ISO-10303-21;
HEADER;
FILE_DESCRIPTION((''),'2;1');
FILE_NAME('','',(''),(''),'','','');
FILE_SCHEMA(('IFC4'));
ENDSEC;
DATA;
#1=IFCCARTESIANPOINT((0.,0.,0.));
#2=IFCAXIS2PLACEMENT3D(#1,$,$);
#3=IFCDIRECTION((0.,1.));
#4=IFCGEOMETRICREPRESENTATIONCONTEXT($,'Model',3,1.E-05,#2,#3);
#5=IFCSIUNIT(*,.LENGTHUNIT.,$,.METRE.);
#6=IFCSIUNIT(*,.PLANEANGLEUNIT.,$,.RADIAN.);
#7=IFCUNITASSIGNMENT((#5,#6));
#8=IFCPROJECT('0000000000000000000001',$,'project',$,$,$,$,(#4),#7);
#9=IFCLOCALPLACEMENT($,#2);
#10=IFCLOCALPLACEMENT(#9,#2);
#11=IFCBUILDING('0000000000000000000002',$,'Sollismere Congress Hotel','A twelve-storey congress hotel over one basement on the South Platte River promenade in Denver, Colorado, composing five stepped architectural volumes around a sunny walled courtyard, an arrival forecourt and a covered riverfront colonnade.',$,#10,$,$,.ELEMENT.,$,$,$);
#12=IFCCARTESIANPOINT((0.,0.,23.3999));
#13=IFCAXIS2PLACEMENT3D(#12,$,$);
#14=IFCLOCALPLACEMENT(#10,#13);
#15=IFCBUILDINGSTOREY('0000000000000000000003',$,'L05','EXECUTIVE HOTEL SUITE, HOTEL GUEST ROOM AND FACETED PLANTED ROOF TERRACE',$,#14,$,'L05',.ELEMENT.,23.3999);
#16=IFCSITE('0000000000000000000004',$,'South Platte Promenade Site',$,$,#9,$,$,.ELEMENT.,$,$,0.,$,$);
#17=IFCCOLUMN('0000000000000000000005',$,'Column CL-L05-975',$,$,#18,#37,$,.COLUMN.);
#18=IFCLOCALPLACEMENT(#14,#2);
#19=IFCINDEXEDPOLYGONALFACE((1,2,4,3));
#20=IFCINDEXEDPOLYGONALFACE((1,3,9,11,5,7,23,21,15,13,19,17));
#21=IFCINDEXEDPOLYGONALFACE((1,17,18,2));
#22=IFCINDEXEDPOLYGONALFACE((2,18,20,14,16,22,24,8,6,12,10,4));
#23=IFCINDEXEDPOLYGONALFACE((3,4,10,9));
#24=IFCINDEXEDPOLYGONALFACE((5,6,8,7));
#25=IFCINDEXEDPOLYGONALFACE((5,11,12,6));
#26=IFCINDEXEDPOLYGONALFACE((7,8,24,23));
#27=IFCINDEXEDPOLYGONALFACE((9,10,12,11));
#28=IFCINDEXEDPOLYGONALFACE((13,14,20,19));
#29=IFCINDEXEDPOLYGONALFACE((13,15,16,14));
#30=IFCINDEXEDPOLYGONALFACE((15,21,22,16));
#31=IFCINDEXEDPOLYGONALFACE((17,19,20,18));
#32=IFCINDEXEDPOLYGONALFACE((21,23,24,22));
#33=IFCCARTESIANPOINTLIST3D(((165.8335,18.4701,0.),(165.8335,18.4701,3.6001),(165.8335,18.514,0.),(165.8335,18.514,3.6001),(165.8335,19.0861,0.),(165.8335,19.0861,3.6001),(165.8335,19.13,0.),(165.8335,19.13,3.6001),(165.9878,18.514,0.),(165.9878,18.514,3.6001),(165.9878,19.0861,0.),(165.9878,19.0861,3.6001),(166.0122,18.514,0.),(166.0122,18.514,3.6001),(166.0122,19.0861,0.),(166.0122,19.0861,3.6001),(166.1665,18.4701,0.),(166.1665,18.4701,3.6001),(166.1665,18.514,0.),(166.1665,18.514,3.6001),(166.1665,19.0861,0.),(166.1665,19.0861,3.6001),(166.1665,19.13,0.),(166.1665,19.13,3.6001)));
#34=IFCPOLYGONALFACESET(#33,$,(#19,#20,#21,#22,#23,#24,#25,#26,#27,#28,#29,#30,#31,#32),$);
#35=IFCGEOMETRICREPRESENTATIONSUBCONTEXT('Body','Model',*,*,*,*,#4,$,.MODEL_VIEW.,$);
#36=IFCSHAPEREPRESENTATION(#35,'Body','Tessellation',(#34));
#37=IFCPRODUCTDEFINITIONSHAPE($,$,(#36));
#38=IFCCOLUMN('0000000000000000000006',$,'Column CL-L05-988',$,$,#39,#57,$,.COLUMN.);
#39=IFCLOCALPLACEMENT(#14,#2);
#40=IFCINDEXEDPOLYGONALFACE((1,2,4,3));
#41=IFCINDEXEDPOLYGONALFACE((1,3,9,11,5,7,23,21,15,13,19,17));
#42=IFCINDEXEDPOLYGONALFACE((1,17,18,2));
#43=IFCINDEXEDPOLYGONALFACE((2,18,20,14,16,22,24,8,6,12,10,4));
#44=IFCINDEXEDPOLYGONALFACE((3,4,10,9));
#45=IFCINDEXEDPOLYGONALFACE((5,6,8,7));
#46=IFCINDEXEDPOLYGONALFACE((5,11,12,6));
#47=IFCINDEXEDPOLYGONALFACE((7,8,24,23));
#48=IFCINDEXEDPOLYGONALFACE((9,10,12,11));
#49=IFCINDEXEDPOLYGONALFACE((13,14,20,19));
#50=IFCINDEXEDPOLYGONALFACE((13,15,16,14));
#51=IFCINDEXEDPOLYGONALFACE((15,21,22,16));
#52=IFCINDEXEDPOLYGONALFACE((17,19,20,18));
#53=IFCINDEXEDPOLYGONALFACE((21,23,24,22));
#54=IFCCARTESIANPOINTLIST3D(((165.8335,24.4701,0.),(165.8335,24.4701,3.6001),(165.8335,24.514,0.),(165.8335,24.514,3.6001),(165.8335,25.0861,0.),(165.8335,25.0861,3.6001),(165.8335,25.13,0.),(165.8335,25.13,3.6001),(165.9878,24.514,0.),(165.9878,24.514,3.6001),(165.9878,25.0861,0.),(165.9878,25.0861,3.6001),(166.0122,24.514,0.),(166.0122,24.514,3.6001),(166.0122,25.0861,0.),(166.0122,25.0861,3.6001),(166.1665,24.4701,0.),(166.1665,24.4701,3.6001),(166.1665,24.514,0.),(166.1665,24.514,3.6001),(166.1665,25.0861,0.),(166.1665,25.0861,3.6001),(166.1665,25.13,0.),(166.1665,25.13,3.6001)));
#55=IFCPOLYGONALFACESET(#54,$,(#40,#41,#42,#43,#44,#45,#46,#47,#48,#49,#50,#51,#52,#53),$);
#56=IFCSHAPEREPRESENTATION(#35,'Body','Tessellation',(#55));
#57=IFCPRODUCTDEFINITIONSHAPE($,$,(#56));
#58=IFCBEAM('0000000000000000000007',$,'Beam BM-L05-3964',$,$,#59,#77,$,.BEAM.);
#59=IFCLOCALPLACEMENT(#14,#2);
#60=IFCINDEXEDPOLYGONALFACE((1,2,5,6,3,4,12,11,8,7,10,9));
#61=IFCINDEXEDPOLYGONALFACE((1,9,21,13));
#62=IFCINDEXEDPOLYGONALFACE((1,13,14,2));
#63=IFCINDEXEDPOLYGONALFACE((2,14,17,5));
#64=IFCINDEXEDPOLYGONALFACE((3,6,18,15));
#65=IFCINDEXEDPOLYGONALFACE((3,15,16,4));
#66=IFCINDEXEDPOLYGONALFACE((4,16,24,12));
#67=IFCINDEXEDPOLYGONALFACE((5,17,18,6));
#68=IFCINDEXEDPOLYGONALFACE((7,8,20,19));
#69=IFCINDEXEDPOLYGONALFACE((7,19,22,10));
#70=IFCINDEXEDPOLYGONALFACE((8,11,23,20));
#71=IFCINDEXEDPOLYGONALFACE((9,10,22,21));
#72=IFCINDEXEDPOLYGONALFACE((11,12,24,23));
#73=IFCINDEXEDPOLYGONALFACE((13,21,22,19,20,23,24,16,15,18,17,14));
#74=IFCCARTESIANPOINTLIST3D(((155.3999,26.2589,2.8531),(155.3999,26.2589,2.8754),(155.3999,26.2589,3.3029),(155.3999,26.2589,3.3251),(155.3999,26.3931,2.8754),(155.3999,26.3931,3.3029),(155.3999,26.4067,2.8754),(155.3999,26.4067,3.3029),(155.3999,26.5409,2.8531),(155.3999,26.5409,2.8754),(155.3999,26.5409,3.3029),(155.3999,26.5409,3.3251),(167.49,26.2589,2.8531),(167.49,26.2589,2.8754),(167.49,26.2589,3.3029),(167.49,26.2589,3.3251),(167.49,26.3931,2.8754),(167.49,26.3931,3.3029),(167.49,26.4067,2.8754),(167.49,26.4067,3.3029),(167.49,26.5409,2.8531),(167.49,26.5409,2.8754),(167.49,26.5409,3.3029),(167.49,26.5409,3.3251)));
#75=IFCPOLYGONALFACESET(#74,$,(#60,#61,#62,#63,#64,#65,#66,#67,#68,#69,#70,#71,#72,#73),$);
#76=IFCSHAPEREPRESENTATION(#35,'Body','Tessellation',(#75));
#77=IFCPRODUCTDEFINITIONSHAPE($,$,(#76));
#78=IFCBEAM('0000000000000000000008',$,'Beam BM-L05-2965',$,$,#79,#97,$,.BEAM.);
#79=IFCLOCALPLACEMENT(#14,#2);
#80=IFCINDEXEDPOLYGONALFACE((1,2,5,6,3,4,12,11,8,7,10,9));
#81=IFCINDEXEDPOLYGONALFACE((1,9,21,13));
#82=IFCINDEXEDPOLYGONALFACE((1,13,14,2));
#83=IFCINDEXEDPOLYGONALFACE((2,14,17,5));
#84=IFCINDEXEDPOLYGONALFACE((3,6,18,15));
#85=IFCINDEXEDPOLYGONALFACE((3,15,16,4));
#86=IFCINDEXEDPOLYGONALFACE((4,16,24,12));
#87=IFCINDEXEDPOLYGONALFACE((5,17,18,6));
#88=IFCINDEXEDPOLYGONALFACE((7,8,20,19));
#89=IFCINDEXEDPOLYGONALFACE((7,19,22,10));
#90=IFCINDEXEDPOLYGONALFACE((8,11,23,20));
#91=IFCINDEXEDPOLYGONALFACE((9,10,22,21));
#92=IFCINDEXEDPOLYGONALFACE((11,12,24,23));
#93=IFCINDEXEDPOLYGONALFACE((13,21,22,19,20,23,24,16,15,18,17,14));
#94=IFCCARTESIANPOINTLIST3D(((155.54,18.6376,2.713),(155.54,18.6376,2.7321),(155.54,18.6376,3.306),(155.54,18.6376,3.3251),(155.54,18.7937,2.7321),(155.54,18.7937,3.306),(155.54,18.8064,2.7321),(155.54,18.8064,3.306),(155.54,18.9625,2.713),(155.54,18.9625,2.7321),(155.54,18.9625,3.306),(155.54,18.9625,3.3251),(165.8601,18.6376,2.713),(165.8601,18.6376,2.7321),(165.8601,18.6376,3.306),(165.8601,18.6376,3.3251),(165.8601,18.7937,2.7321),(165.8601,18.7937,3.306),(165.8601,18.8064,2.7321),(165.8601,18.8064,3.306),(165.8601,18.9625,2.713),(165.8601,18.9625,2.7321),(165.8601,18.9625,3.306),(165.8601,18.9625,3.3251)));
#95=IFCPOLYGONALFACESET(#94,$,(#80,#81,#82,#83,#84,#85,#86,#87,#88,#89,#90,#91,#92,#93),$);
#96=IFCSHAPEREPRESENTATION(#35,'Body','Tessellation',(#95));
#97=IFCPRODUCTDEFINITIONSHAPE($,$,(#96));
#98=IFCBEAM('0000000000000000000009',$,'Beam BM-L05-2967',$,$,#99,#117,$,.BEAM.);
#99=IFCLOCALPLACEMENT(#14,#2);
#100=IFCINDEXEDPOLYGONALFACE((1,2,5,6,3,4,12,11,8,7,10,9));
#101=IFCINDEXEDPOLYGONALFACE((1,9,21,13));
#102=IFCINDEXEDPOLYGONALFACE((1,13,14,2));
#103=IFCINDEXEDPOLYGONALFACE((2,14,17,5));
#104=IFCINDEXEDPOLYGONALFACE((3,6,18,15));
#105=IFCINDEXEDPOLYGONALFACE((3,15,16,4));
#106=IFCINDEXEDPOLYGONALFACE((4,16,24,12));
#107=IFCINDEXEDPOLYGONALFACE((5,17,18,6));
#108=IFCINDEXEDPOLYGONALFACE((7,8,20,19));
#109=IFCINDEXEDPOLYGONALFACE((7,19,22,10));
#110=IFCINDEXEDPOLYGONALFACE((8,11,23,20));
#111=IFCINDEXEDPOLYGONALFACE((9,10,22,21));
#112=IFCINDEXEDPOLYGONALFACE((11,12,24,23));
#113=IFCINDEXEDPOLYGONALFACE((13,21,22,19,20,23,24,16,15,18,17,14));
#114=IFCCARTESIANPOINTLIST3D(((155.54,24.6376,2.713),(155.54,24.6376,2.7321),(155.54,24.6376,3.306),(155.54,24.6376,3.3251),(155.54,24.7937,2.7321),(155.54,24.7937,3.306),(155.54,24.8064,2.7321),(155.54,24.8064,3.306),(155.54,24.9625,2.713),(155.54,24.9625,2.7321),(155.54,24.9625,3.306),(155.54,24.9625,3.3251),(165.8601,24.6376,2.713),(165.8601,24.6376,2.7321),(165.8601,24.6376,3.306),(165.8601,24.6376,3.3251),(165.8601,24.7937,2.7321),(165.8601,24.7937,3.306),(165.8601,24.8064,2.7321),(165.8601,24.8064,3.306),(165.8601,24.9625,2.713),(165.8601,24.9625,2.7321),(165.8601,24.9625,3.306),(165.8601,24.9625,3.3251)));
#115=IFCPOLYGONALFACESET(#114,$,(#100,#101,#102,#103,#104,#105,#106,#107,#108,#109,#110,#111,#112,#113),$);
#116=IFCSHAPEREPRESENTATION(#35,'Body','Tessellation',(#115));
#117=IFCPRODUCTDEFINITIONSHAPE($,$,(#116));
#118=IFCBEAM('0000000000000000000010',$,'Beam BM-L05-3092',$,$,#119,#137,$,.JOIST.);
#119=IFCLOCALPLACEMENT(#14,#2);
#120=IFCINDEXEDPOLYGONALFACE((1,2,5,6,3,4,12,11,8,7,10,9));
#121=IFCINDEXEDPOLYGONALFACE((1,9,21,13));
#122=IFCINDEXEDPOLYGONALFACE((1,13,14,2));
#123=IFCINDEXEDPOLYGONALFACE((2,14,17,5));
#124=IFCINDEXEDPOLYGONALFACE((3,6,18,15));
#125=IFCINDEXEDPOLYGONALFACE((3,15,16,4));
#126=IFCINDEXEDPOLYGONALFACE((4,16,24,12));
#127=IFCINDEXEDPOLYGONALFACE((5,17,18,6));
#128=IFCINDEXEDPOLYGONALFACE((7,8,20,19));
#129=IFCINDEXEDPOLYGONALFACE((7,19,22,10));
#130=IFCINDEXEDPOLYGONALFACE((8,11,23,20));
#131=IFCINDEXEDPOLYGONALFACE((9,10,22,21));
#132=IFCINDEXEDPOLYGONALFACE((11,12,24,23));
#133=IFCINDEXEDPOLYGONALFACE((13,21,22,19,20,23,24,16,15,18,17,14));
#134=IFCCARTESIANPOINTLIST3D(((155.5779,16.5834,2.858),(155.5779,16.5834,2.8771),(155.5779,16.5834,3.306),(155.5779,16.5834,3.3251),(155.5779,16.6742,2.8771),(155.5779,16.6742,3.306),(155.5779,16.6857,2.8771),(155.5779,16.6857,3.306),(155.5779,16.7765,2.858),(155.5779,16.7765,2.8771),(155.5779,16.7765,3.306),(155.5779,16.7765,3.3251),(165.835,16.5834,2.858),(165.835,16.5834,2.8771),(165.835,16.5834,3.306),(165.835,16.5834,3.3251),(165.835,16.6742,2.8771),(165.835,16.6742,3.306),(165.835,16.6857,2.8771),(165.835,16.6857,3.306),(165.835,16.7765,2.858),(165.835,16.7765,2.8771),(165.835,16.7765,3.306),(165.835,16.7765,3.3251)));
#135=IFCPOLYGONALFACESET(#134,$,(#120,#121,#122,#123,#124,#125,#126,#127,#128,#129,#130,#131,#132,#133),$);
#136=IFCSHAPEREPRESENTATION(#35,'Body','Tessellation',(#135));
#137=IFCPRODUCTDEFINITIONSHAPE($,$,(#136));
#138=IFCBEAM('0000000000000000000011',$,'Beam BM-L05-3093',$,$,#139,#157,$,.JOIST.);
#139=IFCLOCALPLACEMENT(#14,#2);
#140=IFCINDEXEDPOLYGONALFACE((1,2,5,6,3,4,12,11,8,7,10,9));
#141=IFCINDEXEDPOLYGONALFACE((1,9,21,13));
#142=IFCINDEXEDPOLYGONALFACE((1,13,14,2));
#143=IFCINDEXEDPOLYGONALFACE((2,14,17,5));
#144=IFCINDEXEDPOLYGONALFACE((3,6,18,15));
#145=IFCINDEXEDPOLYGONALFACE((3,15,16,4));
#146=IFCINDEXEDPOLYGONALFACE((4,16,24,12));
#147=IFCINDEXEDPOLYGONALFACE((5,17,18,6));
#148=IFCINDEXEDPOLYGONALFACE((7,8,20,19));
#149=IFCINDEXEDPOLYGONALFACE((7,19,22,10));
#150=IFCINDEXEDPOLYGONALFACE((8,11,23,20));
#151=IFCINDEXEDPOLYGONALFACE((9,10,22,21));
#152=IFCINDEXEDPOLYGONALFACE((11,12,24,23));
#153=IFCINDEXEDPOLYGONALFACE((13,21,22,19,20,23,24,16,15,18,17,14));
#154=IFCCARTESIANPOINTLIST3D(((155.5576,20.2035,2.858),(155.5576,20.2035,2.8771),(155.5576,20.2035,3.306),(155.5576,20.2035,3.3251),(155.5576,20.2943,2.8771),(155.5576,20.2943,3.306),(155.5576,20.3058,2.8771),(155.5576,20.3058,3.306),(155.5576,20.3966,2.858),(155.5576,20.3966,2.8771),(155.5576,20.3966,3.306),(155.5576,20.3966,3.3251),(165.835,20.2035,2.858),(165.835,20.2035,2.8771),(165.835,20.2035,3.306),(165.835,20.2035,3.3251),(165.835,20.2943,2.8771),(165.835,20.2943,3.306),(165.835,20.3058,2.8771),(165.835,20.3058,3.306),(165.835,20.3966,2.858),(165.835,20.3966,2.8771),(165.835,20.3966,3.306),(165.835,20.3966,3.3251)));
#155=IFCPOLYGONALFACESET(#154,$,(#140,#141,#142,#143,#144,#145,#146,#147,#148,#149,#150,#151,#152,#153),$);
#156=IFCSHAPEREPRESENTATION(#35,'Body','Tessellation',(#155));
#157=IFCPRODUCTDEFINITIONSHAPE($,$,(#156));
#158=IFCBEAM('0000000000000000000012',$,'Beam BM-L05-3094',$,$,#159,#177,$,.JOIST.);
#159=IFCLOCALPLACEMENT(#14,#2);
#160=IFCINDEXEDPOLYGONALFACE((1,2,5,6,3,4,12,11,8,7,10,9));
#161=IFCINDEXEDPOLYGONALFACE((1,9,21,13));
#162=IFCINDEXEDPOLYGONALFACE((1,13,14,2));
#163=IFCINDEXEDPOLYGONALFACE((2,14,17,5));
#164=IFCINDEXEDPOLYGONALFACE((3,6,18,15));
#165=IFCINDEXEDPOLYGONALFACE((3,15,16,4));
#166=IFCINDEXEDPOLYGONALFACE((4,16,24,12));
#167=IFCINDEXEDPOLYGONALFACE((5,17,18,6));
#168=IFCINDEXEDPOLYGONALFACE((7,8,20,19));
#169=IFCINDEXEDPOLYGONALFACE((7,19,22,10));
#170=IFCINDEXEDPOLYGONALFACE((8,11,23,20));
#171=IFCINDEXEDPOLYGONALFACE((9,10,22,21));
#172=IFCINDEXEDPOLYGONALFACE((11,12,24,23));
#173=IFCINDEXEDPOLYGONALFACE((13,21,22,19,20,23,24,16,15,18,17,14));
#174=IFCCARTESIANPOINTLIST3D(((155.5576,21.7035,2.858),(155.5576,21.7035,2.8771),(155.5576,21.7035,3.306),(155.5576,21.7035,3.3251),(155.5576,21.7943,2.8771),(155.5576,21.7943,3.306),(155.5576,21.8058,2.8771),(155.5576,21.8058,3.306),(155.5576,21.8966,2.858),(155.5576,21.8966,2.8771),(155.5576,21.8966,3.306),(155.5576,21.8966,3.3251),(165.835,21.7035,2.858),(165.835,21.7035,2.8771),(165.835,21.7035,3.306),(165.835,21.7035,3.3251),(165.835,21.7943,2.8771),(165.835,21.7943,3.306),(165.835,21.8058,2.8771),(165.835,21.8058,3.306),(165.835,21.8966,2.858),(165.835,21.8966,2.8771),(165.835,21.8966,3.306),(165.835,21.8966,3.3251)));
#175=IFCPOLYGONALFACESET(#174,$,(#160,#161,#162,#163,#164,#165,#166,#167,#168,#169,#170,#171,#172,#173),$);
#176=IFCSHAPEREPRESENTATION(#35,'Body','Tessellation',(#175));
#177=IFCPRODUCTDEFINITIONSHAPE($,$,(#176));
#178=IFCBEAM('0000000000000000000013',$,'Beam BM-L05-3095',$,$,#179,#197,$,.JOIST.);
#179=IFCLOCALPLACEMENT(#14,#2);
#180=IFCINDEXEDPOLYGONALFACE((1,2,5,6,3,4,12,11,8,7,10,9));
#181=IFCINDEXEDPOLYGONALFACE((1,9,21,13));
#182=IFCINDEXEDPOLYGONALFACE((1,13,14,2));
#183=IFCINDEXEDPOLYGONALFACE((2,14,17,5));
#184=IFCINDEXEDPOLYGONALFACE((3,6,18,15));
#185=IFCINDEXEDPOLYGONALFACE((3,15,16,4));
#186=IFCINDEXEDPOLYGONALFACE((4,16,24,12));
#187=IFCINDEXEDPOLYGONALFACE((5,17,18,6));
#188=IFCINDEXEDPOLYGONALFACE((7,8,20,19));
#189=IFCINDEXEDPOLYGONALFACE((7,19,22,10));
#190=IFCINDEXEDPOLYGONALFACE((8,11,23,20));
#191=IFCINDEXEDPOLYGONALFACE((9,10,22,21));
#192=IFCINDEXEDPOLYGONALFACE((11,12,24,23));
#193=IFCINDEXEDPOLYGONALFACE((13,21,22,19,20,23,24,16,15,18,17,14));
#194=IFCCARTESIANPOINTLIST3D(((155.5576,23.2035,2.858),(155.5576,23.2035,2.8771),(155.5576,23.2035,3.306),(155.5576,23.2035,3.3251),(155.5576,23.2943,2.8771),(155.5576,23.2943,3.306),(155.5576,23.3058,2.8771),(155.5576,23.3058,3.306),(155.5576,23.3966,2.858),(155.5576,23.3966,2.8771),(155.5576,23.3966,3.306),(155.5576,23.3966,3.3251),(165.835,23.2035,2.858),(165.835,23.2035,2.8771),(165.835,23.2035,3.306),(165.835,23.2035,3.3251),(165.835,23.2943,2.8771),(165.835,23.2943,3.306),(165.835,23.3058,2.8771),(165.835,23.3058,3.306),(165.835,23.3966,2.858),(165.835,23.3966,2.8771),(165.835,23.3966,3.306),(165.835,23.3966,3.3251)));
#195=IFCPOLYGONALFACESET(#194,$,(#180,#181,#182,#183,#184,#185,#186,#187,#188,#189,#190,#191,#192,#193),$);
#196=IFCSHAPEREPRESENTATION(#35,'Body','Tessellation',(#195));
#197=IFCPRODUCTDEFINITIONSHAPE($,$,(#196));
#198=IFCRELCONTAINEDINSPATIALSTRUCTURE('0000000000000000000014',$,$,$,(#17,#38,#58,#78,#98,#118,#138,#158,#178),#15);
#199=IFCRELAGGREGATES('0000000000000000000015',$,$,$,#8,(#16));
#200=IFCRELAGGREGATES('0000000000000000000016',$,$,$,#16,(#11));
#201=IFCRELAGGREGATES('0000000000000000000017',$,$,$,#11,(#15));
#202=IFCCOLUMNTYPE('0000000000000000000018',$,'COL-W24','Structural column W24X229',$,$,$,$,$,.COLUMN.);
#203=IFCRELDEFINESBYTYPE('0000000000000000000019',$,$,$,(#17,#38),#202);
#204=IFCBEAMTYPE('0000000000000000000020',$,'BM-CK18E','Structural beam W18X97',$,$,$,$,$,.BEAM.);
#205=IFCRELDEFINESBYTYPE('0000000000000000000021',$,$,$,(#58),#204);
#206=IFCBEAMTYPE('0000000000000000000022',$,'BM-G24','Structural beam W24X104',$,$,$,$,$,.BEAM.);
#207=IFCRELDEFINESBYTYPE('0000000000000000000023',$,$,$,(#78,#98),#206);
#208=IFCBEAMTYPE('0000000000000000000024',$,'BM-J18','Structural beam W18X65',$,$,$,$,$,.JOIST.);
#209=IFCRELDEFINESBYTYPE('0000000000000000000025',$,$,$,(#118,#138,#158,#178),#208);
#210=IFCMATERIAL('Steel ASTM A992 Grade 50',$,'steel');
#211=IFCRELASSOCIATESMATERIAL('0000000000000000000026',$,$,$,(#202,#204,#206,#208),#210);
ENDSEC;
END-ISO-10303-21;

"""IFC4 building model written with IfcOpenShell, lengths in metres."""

from ifc_helpers import new_model, si_unit, direction, frame, origin, origin_2d, place, context, subcontext, project, spatial, i_section, extrude, material, material_profile, profile_set, type_object, element, save


model = new_model("IFC4")

# Units and contexts
model_context = context("Model", 3, precision=1e-05, world=origin(), true_north=direction((0.0, 1.0)))
body_context = subcontext(model_context, "Body", "Model", "MODEL_VIEW")
ifc_project = project(units=[si_unit("LENGTHUNIT", "METRE"), si_unit("PLANEANGLEUNIT", "RADIAN")], contexts=[model_context])

# Site, building, storey
site_placement = place(None, origin())
site = spatial("IfcSite", under=ifc_project, at=site_placement, Name="South Platte Promenade Site", CompositionType="ELEMENT", RefElevation=0.0)
building_placement = place(site_placement, origin())
building = spatial("IfcBuilding", under=site, at=building_placement, Name="Sollismere Congress Hotel", Description="A twelve-storey congress hotel over one basement on the South Platte River promenade in Denver, Colorado, composing five stepped architectural volumes around a sunny walled courtyard, an arrival forecourt and a covered riverfront colonnade.", CompositionType="ELEMENT")
storey_placement = place(building_placement, frame((0.0, 0.0, 23.3999)))
storey = spatial("IfcBuildingStorey", under=building, at=storey_placement, Name="L05", Description="EXECUTIVE HOTEL SUITE, HOTEL GUEST ROOM AND FACETED PLANTED ROOF TERRACE", LongName="L05", CompositionType="ELEMENT", Elevation=23.3999)

# Columns
ifc_material_1 = material(Name="Steel ASTM A992 Grade 50", Category="steel")
ifc_material_profile_1 = material_profile(ifc_material_1, i_section(OverallWidth=0.333, OverallDepth=0.6599, WebThickness=0.0244, FlangeThickness=0.0439, at=origin_2d()), Name="W24X229")
ifc_profile_set_1 = profile_set([ifc_material_profile_1], Name="Steel ASTM A992 Grade 50")
column_type = type_object("IfcColumnType", Name="COL-W24", Description="Structural column W24X229", PredefinedType="COLUMN", material=ifc_profile_set_1)
for number, where, z_axis, x_axis, name in (
    (1, (166.0, 18.8, 0.0), (0.0, 0.0, 1.0), (1.0, 0.0, 0.0), "Column CL-L05-975"),
    (2, (166.0, 24.8, 0.0), (0.0, 0.0, 1.0), (1.0, 0.0, 0.0), "Column CL-L05-988"),
):
    element("IfcColumn", number, at=place(storey_placement, frame(where, z_axis=z_axis, x_axis=x_axis)), inside=storey, type_object=column_type, Name=name, PredefinedType="COLUMN", context=body_context, shape_type="SweptSolid", body=[
        extrude(i_section(OverallWidth=0.333, OverallDepth=0.6599, WebThickness=0.0244, FlangeThickness=0.0439, at=origin_2d()), origin(), (0.0, 0.0, 1.0), 3.6001),
    ])

# Beams
ifc_material_profile_2 = material_profile(ifc_material_1, i_section(OverallWidth=0.282, OverallDepth=0.4719, WebThickness=0.0137, FlangeThickness=0.0222, at=origin_2d()), Name="W18X97")
ifc_profile_set_2 = profile_set([ifc_material_profile_2], Name="Steel ASTM A992 Grade 50")
beam_type_1 = type_object("IfcBeamType", Name="BM-CK18E", Description="Structural beam W18X97", PredefinedType="BEAM", material=ifc_profile_set_2)
beam_1_placement = place(storey_placement, frame((155.3999, 26.3999, 3.0891), z_axis=(1.0, 0.0, 0.0), x_axis=(0.0, 1.0, 0.0)))
element("IfcBeam", 3, at=beam_1_placement, inside=storey, type_object=beam_type_1, Name="Beam BM-L05-3964", PredefinedType="BEAM", context=body_context, shape_type="SweptSolid", body=[
    extrude(i_section(OverallWidth=0.282, OverallDepth=0.4719, WebThickness=0.0137, FlangeThickness=0.0222, at=origin_2d()), origin(), (0.0, 0.0, 1.0), 12.0901),
])
ifc_material_profile_3 = material_profile(ifc_material_1, i_section(OverallWidth=0.325, OverallDepth=0.6121, WebThickness=0.0127, FlangeThickness=0.019, at=origin_2d()), Name="W24X104")
ifc_profile_set_3 = profile_set([ifc_material_profile_3], Name="Steel ASTM A992 Grade 50")
beam_type_2 = type_object("IfcBeamType", Name="BM-G24", Description="Structural beam W24X104", PredefinedType="BEAM", material=ifc_profile_set_3)
for number, where, z_axis, x_axis, name in (
    (4, (155.54, 18.8, 3.019), (1.0, 0.0, 0.0), (0.0, 1.0, 0.0), "Beam BM-L05-2965"),
    (5, (155.54, 24.8, 3.019), (1.0, 0.0, 0.0), (0.0, 1.0, 0.0), "Beam BM-L05-2967"),
):
    element("IfcBeam", number, at=place(storey_placement, frame(where, z_axis=z_axis, x_axis=x_axis)), inside=storey, type_object=beam_type_2, Name=name, PredefinedType="BEAM", context=body_context, shape_type="SweptSolid", body=[
        extrude(i_section(OverallWidth=0.325, OverallDepth=0.6121, WebThickness=0.0127, FlangeThickness=0.019, at=origin_2d()), origin(), (0.0, 0.0, 1.0), 10.3201),
    ])
ifc_material_profile_4 = material_profile(ifc_material_1, i_section(OverallWidth=0.1931, OverallDepth=0.467, WebThickness=0.0115, FlangeThickness=0.019, at=origin_2d()), Name="W18X65")
ifc_profile_set_4 = profile_set([ifc_material_profile_4], Name="Steel ASTM A992 Grade 50")
beam_type_3 = type_object("IfcBeamType", Name="BM-J18", Description="Structural beam W18X65", PredefinedType="JOIST", material=ifc_profile_set_4)
beam_2_placement = place(storey_placement, frame((155.5779, 16.6799, 3.0916), z_axis=(1.0, 0.0, 0.0), x_axis=(0.0, 1.0, 0.0)))
element("IfcBeam", 6, at=beam_2_placement, inside=storey, type_object=beam_type_3, Name="Beam BM-L05-3092", PredefinedType="JOIST", context=body_context, shape_type="SweptSolid", body=[
    extrude(i_section(OverallWidth=0.1931, OverallDepth=0.467, WebThickness=0.0115, FlangeThickness=0.019, at=origin_2d()), origin(), (0.0, 0.0, 1.0), 10.2571),
])
for number, where, z_axis, x_axis, name in (
    (7, (155.5576, 20.3, 3.0916), (1.0, 0.0, 0.0), (0.0, 1.0, 0.0), "Beam BM-L05-3093"),
    (8, (155.5576, 21.8, 3.0916), (1.0, 0.0, 0.0), (0.0, 1.0, 0.0), "Beam BM-L05-3094"),
    (9, (155.5576, 23.3, 3.0916), (1.0, 0.0, 0.0), (0.0, 1.0, 0.0), "Beam BM-L05-3095"),
):
    element("IfcBeam", number, at=place(storey_placement, frame(where, z_axis=z_axis, x_axis=x_axis)), inside=storey, type_object=beam_type_3, Name=name, PredefinedType="JOIST", context=body_context, shape_type="SweptSolid", body=[
        extrude(i_section(OverallWidth=0.1931, OverallDepth=0.467, WebThickness=0.0115, FlangeThickness=0.019, at=origin_2d()), origin(), (0.0, 0.0, 1.0), 10.2773),
    ])

save(model, "model.ifc")
